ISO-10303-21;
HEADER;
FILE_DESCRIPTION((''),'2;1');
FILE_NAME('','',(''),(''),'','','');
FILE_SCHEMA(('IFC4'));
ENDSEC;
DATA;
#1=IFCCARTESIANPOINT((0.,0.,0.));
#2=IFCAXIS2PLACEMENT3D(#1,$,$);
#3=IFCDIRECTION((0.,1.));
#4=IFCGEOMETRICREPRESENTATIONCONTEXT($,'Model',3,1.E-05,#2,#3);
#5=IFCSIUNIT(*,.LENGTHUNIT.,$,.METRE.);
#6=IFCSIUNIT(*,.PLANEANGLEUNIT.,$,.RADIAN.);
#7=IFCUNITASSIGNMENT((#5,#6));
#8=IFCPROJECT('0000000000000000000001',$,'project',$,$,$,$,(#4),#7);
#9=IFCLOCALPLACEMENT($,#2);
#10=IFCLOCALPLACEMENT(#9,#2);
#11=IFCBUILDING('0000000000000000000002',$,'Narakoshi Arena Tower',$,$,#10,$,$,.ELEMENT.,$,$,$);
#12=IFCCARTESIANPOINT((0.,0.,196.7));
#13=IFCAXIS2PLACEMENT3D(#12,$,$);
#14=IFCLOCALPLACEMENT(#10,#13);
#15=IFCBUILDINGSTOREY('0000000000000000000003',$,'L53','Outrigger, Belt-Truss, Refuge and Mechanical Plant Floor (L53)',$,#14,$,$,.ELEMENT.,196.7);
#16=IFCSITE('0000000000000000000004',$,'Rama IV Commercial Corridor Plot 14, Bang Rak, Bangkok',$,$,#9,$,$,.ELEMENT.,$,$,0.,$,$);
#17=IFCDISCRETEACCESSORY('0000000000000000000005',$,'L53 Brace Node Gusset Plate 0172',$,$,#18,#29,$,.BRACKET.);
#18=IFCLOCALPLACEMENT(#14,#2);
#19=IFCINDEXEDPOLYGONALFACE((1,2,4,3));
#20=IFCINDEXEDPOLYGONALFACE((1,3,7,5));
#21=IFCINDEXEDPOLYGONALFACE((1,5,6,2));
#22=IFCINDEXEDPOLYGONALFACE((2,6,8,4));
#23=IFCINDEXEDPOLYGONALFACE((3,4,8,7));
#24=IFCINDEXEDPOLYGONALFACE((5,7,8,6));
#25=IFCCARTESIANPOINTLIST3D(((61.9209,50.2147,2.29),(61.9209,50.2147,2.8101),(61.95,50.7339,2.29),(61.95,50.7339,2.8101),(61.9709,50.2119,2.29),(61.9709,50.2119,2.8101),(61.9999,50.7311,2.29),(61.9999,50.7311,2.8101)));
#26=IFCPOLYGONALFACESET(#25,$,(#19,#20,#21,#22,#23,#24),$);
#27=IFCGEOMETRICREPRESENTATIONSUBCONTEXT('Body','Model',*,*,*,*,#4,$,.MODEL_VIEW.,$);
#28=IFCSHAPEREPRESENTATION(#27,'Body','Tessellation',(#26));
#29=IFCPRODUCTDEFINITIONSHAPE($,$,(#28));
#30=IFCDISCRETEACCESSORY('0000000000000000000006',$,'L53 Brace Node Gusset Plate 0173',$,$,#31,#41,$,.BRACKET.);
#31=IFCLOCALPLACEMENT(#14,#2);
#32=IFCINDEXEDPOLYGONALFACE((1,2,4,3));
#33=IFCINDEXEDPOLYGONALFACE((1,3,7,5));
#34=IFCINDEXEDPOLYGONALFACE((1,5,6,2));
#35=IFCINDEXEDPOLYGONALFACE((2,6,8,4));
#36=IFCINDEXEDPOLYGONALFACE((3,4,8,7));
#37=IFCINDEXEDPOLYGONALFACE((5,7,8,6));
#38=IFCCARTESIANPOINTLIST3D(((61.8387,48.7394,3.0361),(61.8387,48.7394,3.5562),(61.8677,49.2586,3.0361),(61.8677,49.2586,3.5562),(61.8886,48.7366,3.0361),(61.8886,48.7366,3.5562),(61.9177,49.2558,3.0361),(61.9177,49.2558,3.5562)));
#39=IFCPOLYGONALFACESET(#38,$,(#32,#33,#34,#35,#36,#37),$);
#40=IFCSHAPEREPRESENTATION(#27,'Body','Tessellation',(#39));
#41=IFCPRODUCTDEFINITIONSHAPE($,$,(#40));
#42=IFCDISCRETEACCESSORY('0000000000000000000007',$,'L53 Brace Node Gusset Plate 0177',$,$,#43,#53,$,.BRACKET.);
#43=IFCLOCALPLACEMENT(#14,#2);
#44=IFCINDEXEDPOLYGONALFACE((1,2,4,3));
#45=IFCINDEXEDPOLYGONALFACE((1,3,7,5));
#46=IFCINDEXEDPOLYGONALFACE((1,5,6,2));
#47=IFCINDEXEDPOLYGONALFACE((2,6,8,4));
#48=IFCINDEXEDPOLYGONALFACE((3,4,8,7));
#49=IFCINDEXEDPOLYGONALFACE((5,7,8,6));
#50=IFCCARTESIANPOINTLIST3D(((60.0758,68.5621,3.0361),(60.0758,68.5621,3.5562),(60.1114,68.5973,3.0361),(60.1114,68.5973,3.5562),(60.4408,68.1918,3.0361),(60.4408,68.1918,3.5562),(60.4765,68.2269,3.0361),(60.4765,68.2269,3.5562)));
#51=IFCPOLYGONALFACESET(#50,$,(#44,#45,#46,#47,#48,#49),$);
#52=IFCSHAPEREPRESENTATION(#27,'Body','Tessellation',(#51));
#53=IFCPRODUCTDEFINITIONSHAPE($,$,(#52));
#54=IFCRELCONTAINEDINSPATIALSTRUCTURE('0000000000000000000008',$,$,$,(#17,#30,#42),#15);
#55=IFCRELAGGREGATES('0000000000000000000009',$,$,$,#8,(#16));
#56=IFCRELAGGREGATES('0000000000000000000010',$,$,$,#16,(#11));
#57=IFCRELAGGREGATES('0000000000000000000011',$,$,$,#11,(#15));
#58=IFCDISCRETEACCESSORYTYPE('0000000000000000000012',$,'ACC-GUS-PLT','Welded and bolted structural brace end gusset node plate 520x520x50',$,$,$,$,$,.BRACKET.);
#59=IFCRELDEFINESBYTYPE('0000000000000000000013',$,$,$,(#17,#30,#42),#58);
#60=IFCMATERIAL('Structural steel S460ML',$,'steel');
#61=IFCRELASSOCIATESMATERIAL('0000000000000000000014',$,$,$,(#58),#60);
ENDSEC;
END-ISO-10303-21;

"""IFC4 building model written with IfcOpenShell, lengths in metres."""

from ifc_helpers import new_model, si_unit, direction, frame, origin, origin_2d, place, context, subcontext, project, spatial, rectangle, extrude, material, type_object, element, save


model = new_model("IFC4")

# Units and contexts
model_context = context("Model", 3, precision=1e-05, world=origin(), true_north=direction((0.0, 1.0)))
body_context = subcontext(model_context, "Body", "Model", "MODEL_VIEW")
ifc_project = project(units=[si_unit("LENGTHUNIT", "METRE"), si_unit("PLANEANGLEUNIT", "RADIAN")], contexts=[model_context])

# Site, building, storey
site_placement = place(None, origin())
site = spatial("IfcSite", under=ifc_project, at=site_placement, Name="Rama IV Commercial Corridor Plot 14, Bang Rak, Bangkok", CompositionType="ELEMENT", RefElevation=0.0)
building_placement = place(site_placement, origin())
building = spatial("IfcBuilding", under=site, at=building_placement, Name="Narakoshi Arena Tower", CompositionType="ELEMENT")
storey_placement = place(building_placement, frame((0.0, 0.0, 196.7)))
storey = spatial("IfcBuildingStorey", under=building, at=storey_placement, Name="L53", Description="Outrigger, Belt-Truss, Refuge and Mechanical Plant Floor (L53)", CompositionType="ELEMENT", Elevation=196.7)

# Shared definitions
ifc_material_1 = material(Name="Structural steel S460ML", Category="steel")

# Discrete accessories
discrete_accessory_type = type_object("IfcDiscreteAccessoryType", Name="ACC-GUS-PLT", Description="Welded and bolted structural brace end gusset node plate 520x520x50", PredefinedType="BRACKET", material=ifc_material_1)
for number, where, z_axis, x_axis, name in (
    (1, (61.9604, 50.4729, 2.29), (0.0, 0.0, 1.0), (0.055822, 0.998441, 0.0), "L53 Brace Node Gusset Plate 0172"),
    (2, (61.8782, 48.9976, 3.0361), (0.0, 0.0, 1.0), (0.055822, 0.998441, 0.0), "L53 Brace Node Gusset Plate 0173"),
    (3, (60.2761, 68.3945, 3.0361), (0.0, 0.0, 1.0), (-0.702029, 0.712149, 0.0), "L53 Brace Node Gusset Plate 0177"),
):
    element("IfcDiscreteAccessory", number, at=place(storey_placement, frame(where, z_axis=z_axis, x_axis=x_axis)), inside=storey, type_object=discrete_accessory_type, Name=name, PredefinedType="BRACKET", context=body_context, shape_type="SweptSolid", body=[
        extrude(rectangle(XDim=0.52, YDim=0.05, at=origin_2d()), origin(), (0.0, 0.0, 1.0), 0.52),
    ])

save(model, "model.ifc")
